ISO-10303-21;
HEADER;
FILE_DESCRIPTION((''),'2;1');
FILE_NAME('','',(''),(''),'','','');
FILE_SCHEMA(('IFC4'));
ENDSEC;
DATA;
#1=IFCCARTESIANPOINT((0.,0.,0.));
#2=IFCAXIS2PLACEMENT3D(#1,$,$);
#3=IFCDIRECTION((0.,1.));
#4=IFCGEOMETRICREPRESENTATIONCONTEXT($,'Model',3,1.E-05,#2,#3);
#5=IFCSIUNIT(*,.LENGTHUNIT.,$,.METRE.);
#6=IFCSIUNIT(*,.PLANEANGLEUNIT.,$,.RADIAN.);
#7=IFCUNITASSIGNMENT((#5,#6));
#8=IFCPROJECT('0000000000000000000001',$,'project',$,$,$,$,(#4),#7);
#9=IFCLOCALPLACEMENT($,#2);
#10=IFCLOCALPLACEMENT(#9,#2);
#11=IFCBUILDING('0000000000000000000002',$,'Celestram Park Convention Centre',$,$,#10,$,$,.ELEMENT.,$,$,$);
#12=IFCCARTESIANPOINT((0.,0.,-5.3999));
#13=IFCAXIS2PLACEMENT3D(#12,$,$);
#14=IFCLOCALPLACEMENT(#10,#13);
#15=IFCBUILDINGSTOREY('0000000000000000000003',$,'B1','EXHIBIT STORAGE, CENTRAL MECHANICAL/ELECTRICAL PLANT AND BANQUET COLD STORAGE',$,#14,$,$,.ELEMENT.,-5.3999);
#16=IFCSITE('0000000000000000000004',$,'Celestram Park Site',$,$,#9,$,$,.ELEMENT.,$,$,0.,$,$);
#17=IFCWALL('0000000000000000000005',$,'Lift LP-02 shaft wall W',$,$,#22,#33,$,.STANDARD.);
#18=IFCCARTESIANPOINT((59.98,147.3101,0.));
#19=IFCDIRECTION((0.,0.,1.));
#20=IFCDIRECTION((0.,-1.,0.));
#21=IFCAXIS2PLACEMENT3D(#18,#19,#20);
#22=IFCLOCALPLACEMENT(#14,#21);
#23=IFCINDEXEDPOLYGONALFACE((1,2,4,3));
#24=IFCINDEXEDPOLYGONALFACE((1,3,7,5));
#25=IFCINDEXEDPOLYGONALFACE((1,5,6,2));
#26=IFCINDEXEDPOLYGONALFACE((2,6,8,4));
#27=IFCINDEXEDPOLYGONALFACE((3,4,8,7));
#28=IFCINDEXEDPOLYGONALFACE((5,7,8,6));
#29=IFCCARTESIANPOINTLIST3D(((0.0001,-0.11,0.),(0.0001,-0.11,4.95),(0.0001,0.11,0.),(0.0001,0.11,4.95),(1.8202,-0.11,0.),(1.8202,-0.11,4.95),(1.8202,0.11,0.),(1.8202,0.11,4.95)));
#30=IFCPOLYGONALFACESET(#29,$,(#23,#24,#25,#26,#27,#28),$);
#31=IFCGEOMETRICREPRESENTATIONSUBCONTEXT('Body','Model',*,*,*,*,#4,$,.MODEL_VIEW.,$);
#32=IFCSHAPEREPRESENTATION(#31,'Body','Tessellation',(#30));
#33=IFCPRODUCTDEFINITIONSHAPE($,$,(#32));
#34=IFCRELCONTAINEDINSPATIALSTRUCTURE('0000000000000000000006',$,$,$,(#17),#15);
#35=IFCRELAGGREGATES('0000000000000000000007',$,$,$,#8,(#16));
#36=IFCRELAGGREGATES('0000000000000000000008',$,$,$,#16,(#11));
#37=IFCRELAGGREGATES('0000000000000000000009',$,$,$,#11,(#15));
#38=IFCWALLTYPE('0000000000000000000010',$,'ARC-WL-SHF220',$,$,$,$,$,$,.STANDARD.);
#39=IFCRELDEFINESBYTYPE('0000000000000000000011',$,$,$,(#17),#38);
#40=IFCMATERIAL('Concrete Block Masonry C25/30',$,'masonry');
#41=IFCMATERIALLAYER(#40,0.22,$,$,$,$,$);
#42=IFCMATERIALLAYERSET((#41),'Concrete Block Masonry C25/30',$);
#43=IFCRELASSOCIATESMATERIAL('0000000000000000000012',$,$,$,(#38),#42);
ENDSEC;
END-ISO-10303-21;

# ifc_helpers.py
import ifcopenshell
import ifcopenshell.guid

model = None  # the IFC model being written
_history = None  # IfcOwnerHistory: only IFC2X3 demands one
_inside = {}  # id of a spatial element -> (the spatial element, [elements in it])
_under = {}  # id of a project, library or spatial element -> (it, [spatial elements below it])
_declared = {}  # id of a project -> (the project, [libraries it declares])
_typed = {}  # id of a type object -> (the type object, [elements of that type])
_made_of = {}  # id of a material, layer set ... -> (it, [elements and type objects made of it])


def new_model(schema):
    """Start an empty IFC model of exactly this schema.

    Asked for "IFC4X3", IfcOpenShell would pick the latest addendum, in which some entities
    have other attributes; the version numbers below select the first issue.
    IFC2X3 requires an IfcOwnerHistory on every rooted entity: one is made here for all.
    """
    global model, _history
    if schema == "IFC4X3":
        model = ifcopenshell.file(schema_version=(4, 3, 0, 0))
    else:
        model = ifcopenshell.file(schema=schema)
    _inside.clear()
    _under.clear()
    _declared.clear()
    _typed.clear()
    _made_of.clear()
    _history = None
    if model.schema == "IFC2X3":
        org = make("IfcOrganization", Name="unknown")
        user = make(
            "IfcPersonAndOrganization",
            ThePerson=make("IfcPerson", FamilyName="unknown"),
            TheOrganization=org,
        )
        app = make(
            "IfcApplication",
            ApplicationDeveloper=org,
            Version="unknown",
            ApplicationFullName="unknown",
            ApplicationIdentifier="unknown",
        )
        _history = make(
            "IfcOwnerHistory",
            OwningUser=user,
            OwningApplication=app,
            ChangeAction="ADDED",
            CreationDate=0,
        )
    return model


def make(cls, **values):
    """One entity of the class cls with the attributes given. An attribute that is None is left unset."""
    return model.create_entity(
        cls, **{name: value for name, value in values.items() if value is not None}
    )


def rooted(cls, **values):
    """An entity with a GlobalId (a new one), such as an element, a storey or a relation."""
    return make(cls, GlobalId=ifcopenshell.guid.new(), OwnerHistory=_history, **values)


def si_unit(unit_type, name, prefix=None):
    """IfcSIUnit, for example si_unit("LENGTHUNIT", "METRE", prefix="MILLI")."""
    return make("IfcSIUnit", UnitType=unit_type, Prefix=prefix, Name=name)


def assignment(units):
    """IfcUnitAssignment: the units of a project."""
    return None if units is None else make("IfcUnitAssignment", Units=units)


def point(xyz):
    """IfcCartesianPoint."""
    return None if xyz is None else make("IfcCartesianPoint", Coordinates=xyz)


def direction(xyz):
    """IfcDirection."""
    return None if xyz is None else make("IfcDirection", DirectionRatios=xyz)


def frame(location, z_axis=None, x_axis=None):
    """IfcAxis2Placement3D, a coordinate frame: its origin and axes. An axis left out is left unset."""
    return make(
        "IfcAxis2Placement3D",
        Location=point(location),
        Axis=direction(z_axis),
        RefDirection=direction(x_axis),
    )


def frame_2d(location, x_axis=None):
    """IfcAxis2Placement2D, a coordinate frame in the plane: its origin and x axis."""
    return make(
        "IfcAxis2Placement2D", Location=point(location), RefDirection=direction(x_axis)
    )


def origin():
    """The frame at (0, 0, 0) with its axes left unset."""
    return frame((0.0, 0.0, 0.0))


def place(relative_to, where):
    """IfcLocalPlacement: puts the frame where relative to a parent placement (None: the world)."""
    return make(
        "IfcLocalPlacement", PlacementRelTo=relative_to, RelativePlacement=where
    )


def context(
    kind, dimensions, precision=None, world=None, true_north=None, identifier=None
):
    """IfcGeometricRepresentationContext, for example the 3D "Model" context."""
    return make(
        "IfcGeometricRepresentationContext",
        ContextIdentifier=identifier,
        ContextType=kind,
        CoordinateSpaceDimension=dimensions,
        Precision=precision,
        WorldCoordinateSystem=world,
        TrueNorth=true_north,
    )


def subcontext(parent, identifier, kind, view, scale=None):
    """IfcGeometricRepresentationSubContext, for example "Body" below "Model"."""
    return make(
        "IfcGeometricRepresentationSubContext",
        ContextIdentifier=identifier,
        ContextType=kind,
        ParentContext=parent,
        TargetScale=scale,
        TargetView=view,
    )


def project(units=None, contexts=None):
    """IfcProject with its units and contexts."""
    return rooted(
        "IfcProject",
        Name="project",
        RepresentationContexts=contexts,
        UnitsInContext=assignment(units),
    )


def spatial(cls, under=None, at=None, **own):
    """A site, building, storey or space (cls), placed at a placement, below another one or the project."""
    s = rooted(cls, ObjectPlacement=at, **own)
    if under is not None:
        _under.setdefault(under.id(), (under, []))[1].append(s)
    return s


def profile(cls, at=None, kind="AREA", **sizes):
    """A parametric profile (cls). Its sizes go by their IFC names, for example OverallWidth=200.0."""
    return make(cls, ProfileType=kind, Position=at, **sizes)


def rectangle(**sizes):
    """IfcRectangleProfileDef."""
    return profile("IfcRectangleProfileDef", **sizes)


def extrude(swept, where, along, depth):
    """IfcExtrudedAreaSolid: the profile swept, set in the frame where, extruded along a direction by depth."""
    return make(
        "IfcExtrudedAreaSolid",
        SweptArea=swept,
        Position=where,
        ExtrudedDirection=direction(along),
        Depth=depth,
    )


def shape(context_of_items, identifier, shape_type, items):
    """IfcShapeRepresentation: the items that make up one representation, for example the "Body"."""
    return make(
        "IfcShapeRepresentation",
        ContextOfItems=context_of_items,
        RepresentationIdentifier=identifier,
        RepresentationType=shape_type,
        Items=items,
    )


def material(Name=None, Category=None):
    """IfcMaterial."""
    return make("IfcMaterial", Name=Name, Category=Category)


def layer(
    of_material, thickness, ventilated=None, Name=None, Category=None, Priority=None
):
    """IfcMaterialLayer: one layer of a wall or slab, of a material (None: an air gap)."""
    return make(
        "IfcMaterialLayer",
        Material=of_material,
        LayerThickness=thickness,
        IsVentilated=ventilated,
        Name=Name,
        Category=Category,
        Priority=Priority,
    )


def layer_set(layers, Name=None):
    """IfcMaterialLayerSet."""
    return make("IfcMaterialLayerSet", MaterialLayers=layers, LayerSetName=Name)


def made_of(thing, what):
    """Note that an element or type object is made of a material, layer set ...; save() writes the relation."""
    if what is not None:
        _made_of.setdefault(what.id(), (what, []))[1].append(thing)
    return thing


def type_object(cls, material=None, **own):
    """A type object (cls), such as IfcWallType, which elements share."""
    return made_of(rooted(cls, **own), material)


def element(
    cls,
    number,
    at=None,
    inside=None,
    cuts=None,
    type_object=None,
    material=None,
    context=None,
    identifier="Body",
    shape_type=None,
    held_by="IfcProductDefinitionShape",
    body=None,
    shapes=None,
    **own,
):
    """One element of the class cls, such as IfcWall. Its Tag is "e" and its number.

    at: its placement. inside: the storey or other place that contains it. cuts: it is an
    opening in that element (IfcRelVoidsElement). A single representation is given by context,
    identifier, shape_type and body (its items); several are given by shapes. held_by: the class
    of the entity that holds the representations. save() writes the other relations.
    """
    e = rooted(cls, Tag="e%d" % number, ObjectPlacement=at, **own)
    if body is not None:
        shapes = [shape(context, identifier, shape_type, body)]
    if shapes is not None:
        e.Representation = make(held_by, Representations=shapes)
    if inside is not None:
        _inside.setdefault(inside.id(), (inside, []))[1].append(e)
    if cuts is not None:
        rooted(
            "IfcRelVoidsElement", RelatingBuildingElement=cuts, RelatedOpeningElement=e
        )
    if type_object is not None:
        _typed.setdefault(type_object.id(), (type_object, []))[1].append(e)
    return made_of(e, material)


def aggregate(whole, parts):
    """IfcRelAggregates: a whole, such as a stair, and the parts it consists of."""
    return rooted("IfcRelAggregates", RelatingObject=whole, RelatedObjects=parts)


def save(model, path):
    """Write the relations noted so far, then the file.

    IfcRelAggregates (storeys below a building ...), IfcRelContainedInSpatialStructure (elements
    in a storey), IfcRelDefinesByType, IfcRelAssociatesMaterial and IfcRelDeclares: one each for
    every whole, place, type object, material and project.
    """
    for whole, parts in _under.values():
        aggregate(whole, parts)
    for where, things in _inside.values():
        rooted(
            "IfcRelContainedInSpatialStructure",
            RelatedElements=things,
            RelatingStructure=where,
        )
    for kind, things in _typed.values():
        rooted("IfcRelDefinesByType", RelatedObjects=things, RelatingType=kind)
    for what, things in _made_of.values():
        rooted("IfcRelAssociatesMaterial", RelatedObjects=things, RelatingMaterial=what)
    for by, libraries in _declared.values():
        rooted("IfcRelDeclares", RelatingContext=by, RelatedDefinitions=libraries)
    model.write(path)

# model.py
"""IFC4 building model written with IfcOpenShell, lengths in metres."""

from ifc_helpers import new_model, si_unit, direction, frame, frame_2d, origin, place, context, subcontext, project, spatial, rectangle, extrude, material, layer, layer_set, type_object, element, save


model = new_model("IFC4")

# Units and contexts
model_context = context("Model", 3, precision=1e-05, world=origin(), true_north=direction((0.0, 1.0)))
body_context = subcontext(model_context, "Body", "Model", "MODEL_VIEW")
ifc_project = project(units=[si_unit("LENGTHUNIT", "METRE"), si_unit("PLANEANGLEUNIT", "RADIAN")], contexts=[model_context])

# Site, building, storey
site_placement = place(None, origin())
site = spatial("IfcSite", under=ifc_project, at=site_placement, Name="Celestram Park Site", CompositionType="ELEMENT", RefElevation=0.0)
building_placement = place(site_placement, origin())
building = spatial("IfcBuilding", under=site, at=building_placement, Name="Celestram Park Convention Centre", CompositionType="ELEMENT")
storey_placement = place(building_placement, frame((0.0, 0.0, -5.3999)))
storey = spatial("IfcBuildingStorey", under=building, at=storey_placement, Name="B1", Description="EXHIBIT STORAGE, CENTRAL MECHANICAL/ELECTRICAL PLANT AND BANQUET COLD STORAGE", CompositionType="ELEMENT", Elevation=-5.3999)

# Shared definitions
ifc_material_1 = material(Name="Concrete Block Masonry C25/30", Category="masonry")
ifc_layer_1 = layer(ifc_material_1, 0.22)
ifc_layer_set_1 = layer_set([ifc_layer_1], Name="Concrete Block Masonry C25/30")
wall_type_1 = type_object("IfcWallType", Name="ARC-WL-SHF220", PredefinedType="STANDARD", material=ifc_layer_set_1)

# Wall
for number, where, z_axis, x_axis, name in (
    (1, (59.98, 147.3101, 0.0), (0.0, 0.0, 1.0), (0.0, -1.0, 0.0), "Lift LP-02 shaft wall W"),
):
    element("IfcWall", number, at=place(storey_placement, frame(where, z_axis=z_axis, x_axis=x_axis)), inside=storey, type_object=wall_type_1, Name=name, PredefinedType="STANDARD", context=body_context, shape_type="SweptSolid", body=[
        extrude(rectangle(XDim=1.8201, YDim=0.22, at=frame_2d((0.9102, 0.0))), origin(), (0.0, 0.0, 1.0), 4.95),
    ])

save(model, "model.ifc")
